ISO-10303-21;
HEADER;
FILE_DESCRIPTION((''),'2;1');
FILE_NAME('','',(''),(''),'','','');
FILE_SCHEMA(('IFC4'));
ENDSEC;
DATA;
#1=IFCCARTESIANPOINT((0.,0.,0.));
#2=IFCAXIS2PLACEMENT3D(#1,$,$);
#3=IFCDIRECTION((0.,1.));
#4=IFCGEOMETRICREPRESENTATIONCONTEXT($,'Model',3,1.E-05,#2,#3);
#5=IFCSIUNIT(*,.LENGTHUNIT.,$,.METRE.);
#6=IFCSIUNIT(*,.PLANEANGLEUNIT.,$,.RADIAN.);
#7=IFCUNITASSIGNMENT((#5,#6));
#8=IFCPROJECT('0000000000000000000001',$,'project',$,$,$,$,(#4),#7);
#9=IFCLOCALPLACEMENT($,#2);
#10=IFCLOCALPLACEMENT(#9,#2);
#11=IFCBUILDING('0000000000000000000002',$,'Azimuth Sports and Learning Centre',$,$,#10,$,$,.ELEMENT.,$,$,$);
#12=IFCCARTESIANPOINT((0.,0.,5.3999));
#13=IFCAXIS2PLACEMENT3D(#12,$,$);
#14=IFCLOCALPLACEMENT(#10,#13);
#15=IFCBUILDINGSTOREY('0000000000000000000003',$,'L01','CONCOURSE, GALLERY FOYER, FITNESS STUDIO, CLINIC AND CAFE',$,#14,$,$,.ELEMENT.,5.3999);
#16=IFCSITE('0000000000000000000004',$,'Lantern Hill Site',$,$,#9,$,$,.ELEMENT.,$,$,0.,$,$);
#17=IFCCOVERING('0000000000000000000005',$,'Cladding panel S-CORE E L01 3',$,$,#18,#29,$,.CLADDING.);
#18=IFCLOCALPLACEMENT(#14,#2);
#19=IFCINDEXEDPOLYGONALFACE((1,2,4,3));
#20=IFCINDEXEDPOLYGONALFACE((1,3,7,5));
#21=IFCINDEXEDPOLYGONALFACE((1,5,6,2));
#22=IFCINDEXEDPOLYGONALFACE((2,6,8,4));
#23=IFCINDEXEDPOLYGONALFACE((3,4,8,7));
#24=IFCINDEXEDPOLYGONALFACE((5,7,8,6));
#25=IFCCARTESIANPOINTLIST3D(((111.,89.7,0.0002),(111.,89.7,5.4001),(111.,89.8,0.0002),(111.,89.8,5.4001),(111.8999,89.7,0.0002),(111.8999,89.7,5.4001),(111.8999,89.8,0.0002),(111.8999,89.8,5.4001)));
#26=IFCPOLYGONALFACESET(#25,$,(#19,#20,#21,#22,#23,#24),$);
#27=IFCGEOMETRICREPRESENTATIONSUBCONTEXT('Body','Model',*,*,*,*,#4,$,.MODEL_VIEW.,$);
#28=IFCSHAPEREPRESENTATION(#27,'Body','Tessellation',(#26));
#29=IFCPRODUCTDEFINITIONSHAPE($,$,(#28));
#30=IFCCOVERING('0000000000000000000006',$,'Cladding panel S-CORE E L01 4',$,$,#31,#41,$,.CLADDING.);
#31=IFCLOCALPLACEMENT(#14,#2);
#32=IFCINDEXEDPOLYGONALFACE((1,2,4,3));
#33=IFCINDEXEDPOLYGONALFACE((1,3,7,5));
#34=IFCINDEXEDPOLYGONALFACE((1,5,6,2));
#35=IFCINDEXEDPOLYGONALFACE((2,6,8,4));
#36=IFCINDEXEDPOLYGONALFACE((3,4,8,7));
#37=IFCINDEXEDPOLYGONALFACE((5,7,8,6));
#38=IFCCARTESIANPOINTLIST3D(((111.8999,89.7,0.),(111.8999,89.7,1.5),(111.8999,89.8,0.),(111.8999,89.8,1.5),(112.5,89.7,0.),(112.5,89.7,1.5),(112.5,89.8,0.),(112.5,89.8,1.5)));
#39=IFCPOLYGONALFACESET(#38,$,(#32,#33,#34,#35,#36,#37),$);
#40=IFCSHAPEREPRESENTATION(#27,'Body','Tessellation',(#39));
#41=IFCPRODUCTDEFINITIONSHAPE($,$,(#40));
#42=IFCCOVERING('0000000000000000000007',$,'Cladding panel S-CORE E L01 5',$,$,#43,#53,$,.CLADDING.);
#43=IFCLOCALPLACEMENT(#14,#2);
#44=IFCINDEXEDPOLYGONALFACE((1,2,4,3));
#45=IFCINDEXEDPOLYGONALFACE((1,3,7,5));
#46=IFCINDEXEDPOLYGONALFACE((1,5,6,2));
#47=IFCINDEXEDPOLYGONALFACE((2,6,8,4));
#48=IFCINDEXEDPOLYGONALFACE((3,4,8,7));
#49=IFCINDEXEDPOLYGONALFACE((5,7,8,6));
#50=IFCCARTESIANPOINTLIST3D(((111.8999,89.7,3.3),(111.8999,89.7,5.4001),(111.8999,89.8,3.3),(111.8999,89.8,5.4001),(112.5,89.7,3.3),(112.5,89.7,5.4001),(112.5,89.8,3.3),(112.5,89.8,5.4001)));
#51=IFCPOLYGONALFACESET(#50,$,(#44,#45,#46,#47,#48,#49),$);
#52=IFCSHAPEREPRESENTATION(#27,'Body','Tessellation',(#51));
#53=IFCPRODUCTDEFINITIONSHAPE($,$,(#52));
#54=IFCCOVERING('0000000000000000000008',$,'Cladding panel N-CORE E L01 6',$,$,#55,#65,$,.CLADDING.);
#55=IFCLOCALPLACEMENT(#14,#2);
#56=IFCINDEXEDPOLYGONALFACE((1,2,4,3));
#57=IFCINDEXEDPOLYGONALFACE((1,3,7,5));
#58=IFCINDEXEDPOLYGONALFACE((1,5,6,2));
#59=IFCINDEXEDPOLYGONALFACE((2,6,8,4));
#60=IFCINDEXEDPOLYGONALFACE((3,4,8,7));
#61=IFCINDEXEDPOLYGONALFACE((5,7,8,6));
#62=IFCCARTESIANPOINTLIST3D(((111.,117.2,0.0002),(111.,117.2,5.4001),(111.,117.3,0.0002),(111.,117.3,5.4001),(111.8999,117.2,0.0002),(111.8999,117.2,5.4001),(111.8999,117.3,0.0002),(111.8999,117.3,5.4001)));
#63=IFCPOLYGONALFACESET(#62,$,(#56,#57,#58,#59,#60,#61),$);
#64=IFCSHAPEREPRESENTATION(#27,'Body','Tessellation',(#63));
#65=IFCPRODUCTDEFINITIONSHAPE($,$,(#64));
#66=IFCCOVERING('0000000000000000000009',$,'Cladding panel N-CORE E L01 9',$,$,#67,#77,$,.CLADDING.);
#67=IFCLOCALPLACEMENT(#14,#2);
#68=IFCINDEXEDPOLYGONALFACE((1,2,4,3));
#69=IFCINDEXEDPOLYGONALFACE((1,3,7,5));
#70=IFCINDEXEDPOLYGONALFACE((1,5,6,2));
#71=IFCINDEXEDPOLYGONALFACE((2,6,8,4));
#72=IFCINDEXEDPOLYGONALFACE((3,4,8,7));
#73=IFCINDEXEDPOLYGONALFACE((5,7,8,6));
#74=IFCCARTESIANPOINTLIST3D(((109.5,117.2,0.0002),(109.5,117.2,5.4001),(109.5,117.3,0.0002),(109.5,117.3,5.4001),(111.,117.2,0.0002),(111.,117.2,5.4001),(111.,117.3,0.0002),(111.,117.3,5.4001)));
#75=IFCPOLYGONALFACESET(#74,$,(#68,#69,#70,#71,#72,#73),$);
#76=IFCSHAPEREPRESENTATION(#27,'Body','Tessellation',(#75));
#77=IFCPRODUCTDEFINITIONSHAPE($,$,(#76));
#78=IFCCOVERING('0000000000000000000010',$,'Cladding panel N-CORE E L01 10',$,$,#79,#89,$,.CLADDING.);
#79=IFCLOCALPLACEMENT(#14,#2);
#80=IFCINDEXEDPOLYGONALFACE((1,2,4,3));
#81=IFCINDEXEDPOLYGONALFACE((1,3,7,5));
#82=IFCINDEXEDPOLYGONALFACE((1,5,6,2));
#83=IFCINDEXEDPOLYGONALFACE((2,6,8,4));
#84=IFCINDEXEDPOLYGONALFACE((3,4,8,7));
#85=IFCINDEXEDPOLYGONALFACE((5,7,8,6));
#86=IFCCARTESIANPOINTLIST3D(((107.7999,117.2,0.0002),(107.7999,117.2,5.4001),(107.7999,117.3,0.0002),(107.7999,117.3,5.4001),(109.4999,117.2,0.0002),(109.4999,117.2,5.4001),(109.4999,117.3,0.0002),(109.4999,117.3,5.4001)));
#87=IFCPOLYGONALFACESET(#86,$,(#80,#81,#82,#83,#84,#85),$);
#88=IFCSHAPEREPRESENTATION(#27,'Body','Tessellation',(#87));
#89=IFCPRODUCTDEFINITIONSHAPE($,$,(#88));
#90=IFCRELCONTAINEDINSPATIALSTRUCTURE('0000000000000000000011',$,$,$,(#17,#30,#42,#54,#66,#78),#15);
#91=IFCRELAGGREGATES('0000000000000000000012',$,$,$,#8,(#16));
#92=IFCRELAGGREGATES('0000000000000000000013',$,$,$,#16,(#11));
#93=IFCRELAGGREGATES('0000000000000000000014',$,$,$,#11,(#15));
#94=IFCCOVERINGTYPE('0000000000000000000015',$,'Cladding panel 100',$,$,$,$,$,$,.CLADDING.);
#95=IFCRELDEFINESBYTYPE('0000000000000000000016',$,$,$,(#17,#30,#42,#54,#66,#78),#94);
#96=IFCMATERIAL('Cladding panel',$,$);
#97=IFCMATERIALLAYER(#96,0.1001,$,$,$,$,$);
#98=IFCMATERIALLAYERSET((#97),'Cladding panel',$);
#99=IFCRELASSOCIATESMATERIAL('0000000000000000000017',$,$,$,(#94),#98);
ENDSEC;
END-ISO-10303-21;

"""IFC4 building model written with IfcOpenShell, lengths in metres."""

from ifc_helpers import new_model, si_unit, direction, frame, origin, origin_2d, place, context, subcontext, project, spatial, rectangle, extrude, material, layer, layer_set, type_object, element, save


model = new_model("IFC4")

# Units and contexts
model_context = context("Model", 3, precision=1e-05, world=origin(), true_north=direction((0.0, 1.0)))
body_context = subcontext(model_context, "Body", "Model", "MODEL_VIEW")
ifc_project = project(units=[si_unit("LENGTHUNIT", "METRE"), si_unit("PLANEANGLEUNIT", "RADIAN")], contexts=[model_context])

# Site, building, storey
site_placement = place(None, origin())
site = spatial("IfcSite", under=ifc_project, at=site_placement, Name="Lantern Hill Site", CompositionType="ELEMENT", RefElevation=0.0)
building_placement = place(site_placement, origin())
building = spatial("IfcBuilding", under=site, at=building_placement, Name="Azimuth Sports and Learning Centre", CompositionType="ELEMENT")
storey_placement = place(building_placement, frame((0.0, 0.0, 5.3999)))
storey = spatial("IfcBuildingStorey", under=building, at=storey_placement, Name="L01", Description="CONCOURSE, GALLERY FOYER, FITNESS STUDIO, CLINIC AND CAFE", CompositionType="ELEMENT", Elevation=5.3999)

# Coverings
ifc_material_1 = material(Name="Cladding panel")
ifc_layer_1 = layer(ifc_material_1, 0.1001)
ifc_layer_set_1 = layer_set([ifc_layer_1], Name="Cladding panel")
covering_type = type_object("IfcCoveringType", Name="Cladding panel 100", PredefinedType="CLADDING", material=ifc_layer_set_1)
covering_1_placement = place(storey_placement, frame((111.45, 89.75, 0.0002), z_axis=(0.0, 0.0, 1.0), x_axis=(1.0, 0.0, 0.0)))
element("IfcCovering", 1, at=covering_1_placement, inside=storey, type_object=covering_type, Name="Cladding panel S-CORE E L01 3", PredefinedType="CLADDING", context=body_context, shape_type="SweptSolid", body=[
    extrude(rectangle(XDim=0.8999, YDim=0.1001, at=origin_2d()), origin(), (0.0, 0.0, 1.0), 5.3999),
])
covering_2_placement = place(storey_placement, frame((112.2, 89.75, 0.0), z_axis=(0.0, 0.0, 1.0), x_axis=(1.0, 0.0, 0.0)))
element("IfcCovering", 2, at=covering_2_placement, inside=storey, type_object=covering_type, Name="Cladding panel S-CORE E L01 4", PredefinedType="CLADDING", context=body_context, shape_type="SweptSolid", body=[
    extrude(rectangle(XDim=0.6001, YDim=0.1001, at=origin_2d()), origin(), (0.0, 0.0, 1.0), 1.5),
])
covering_3_placement = place(storey_placement, frame((112.2, 89.75, 3.3), z_axis=(0.0, 0.0, 1.0), x_axis=(1.0, 0.0, 0.0)))
element("IfcCovering", 3, at=covering_3_placement, inside=storey, type_object=covering_type, Name="Cladding panel S-CORE E L01 5", PredefinedType="CLADDING", context=body_context, shape_type="SweptSolid", body=[
    extrude(rectangle(XDim=0.6001, YDim=0.1001, at=origin_2d()), origin(), (0.0, 0.0, 1.0), 2.1001),
])
covering_4_placement = place(storey_placement, frame((111.45, 117.25, 0.0002), z_axis=(0.0, 0.0, 1.0), x_axis=(-1.0, 0.0, 0.0)))
element("IfcCovering", 4, at=covering_4_placement, inside=storey, type_object=covering_type, Name="Cladding panel N-CORE E L01 6", PredefinedType="CLADDING", context=body_context, shape_type="SweptSolid", body=[
    extrude(rectangle(XDim=0.8999, YDim=0.1001, at=origin_2d()), origin(), (0.0, 0.0, 1.0), 5.3999),
])
covering_5_placement = place(storey_placement, frame((110.25, 117.25, 0.0002), z_axis=(0.0, 0.0, 1.0), x_axis=(-1.0, 0.0, 0.0)))
element("IfcCovering", 5, at=covering_5_placement, inside=storey, type_object=covering_type, Name="Cladding panel N-CORE E L01 9", PredefinedType="CLADDING", context=body_context, shape_type="SweptSolid", body=[
    extrude(rectangle(XDim=1.5, YDim=0.1001, at=origin_2d()), origin(), (0.0, 0.0, 1.0), 5.3999),
])
covering_6_placement = place(storey_placement, frame((108.6499, 117.25, 0.0002), z_axis=(0.0, 0.0, 1.0), x_axis=(-1.0, 0.0, 0.0)))
element("IfcCovering", 6, at=covering_6_placement, inside=storey, type_object=covering_type, Name="Cladding panel N-CORE E L01 10", PredefinedType="CLADDING", context=body_context, shape_type="SweptSolid", body=[
    extrude(rectangle(XDim=1.7, YDim=0.1001, at=origin_2d()), origin(), (0.0, 0.0, 1.0), 5.3999),
])

save(model, "model.ifc")
